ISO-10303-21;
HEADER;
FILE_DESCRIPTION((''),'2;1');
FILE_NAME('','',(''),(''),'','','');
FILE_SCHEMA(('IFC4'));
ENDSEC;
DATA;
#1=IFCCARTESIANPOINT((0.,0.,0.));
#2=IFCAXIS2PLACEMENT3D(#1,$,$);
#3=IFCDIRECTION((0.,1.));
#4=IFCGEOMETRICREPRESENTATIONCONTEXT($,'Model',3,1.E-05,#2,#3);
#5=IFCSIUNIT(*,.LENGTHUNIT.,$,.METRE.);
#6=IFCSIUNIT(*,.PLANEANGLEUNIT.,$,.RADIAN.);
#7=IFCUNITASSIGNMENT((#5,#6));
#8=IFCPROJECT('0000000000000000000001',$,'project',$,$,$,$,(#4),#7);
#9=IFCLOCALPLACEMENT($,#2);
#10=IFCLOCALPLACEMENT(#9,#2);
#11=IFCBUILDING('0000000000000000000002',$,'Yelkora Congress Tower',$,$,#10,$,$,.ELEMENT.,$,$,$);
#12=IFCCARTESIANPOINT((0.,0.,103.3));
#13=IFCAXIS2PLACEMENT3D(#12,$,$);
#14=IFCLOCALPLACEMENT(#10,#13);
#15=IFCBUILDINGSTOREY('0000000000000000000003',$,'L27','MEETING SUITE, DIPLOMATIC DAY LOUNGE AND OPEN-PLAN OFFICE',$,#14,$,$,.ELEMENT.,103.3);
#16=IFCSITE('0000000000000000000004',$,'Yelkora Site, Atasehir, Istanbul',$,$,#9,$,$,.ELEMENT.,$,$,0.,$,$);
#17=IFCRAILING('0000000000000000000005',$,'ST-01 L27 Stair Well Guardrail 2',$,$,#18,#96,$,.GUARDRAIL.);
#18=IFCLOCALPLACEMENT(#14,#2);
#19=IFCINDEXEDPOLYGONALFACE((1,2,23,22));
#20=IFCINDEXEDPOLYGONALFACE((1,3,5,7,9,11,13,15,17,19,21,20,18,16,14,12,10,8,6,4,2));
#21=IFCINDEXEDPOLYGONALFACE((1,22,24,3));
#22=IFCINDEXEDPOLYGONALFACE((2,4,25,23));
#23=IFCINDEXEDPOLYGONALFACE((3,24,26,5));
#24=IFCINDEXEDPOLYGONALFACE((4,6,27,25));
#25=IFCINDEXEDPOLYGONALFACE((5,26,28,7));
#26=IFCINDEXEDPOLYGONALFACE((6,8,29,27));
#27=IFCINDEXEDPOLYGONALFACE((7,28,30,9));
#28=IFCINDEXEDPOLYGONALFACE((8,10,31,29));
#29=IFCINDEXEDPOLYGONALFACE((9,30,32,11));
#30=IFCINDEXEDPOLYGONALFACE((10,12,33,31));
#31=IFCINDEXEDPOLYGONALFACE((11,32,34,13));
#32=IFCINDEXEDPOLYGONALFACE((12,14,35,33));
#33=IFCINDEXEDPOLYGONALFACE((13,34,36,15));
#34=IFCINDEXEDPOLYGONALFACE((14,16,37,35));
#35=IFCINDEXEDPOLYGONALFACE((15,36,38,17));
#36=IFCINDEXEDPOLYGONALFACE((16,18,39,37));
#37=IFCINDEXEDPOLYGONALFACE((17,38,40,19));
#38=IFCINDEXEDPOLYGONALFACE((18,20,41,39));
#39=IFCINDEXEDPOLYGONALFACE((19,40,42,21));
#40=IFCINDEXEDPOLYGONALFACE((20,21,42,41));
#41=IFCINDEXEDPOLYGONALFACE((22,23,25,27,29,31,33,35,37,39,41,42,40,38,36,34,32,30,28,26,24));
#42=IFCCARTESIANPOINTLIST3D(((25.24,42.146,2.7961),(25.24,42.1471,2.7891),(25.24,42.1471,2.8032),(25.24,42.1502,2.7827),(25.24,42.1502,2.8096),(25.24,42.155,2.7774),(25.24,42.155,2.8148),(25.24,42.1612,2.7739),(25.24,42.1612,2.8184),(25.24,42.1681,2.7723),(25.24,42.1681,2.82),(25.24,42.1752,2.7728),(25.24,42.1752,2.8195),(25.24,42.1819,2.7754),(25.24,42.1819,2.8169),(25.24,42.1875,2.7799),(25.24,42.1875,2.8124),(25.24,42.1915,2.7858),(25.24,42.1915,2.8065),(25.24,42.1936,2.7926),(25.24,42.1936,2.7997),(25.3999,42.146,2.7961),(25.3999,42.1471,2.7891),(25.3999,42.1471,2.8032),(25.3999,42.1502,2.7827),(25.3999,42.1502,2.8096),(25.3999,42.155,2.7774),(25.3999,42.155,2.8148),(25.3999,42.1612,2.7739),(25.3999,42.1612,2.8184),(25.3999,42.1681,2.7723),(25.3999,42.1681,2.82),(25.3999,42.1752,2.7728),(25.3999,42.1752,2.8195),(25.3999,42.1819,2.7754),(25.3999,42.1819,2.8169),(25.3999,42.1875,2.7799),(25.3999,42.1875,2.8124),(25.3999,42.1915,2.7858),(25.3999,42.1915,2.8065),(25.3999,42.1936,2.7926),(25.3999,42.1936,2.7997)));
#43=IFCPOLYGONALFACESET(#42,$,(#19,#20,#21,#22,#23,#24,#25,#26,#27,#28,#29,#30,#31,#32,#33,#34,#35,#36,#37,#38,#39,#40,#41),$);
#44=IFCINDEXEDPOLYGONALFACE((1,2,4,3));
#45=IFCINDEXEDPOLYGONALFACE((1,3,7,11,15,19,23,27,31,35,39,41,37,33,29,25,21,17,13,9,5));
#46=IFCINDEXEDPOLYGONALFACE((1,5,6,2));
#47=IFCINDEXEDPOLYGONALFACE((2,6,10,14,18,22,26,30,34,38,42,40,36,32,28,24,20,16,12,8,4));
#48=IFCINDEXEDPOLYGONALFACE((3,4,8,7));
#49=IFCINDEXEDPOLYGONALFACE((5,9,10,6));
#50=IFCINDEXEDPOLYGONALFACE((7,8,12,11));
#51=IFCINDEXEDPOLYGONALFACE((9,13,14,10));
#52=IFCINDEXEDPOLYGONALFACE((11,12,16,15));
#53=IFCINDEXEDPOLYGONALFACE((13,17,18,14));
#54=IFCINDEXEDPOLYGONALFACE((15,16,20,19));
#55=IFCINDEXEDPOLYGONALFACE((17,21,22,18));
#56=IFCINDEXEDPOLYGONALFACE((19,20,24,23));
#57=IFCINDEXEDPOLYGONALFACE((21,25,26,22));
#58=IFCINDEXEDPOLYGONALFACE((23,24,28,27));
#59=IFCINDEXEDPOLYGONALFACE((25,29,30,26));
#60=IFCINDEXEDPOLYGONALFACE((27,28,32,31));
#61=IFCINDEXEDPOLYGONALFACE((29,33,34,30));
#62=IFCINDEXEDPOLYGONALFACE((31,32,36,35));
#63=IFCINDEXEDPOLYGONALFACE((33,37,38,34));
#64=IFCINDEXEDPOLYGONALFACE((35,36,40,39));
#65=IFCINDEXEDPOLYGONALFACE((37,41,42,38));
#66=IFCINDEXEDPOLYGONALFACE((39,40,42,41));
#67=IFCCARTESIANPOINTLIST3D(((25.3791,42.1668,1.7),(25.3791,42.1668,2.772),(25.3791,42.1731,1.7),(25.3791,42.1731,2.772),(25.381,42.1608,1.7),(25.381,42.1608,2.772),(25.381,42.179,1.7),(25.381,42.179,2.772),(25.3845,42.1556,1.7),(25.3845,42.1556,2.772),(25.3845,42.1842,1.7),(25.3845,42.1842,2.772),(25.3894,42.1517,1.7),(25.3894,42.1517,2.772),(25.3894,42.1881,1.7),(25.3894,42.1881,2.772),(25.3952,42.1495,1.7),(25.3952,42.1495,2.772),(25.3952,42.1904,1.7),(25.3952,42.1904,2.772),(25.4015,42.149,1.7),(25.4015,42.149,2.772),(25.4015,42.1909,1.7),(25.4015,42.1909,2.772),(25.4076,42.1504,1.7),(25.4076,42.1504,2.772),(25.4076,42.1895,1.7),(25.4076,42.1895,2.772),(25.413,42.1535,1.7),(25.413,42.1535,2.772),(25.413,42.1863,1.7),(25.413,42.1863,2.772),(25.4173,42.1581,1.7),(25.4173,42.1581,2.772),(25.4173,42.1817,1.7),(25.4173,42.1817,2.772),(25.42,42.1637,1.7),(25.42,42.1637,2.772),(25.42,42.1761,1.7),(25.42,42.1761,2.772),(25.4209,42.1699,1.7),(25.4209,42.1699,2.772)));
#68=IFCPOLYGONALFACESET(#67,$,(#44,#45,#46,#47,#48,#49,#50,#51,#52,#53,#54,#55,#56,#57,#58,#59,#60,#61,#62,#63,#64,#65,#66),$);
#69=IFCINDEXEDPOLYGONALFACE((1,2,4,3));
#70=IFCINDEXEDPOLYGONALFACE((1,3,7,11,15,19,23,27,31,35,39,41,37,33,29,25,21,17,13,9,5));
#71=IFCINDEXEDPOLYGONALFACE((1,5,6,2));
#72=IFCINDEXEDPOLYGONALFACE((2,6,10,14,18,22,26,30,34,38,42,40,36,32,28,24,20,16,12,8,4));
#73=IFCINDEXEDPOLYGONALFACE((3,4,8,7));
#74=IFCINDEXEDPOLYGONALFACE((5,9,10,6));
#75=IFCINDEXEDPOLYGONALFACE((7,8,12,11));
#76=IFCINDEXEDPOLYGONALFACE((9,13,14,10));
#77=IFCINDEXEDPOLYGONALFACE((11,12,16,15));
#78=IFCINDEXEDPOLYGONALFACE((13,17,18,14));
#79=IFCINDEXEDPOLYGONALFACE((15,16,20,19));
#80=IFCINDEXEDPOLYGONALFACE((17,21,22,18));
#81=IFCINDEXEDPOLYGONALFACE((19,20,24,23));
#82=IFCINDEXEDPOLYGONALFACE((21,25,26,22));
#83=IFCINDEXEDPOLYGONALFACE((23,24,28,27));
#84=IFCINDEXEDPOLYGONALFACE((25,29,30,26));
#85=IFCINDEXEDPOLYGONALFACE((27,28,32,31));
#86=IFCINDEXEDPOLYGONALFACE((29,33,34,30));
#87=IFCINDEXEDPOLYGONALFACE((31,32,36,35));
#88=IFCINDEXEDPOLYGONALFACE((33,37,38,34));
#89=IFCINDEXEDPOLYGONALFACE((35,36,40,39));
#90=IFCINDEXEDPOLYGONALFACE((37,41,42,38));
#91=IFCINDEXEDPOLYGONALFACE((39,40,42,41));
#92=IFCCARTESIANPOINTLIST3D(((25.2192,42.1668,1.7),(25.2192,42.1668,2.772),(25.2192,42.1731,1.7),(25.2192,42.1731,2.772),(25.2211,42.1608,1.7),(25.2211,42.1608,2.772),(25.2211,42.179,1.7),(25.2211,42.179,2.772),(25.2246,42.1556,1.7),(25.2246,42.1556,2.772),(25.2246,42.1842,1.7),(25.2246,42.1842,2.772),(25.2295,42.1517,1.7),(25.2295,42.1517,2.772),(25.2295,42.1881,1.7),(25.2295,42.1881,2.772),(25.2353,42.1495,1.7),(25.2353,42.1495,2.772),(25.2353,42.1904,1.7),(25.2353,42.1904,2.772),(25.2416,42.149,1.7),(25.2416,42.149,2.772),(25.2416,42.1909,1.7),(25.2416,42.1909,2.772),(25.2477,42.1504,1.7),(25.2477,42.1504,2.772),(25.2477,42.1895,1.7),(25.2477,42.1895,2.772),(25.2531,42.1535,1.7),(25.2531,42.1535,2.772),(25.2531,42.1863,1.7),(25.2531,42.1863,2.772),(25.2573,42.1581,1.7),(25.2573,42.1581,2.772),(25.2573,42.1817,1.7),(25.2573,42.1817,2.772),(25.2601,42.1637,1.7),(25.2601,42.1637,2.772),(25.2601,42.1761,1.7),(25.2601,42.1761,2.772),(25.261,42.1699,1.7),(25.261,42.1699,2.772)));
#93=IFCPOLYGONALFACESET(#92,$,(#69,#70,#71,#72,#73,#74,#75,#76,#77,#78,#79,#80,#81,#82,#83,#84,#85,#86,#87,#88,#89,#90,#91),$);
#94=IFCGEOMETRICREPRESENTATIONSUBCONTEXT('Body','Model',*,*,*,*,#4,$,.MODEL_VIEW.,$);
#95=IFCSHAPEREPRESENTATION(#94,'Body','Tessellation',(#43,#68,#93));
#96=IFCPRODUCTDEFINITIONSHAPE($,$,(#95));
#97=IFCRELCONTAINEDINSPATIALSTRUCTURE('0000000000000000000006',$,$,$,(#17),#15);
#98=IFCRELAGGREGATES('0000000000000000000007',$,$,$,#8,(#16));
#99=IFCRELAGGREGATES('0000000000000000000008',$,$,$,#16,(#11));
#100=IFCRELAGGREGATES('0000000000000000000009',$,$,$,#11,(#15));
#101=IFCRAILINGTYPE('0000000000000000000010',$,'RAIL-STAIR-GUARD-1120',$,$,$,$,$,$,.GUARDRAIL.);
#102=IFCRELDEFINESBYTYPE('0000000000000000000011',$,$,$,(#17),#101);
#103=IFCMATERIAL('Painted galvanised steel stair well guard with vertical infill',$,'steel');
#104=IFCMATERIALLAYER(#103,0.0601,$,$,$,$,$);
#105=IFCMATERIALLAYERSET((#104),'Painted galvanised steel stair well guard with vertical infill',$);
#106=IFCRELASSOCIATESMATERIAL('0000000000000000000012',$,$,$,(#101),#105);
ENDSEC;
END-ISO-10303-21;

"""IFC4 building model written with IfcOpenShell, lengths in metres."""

from ifc_helpers import new_model, si_unit, direction, frame, origin, origin_2d, place, context, subcontext, project, spatial, circle, extrude, material, layer, layer_set, type_object, element, save


model = new_model("IFC4")

# Units and contexts
model_context = context("Model", 3, precision=1e-05, world=origin(), true_north=direction((0.0, 1.0)))
body_context = subcontext(model_context, "Body", "Model", "MODEL_VIEW")
ifc_project = project(units=[si_unit("LENGTHUNIT", "METRE"), si_unit("PLANEANGLEUNIT", "RADIAN")], contexts=[model_context])

# Site, building, storey
site_placement = place(None, origin())
site = spatial("IfcSite", under=ifc_project, at=site_placement, Name="Yelkora Site, Atasehir, Istanbul", CompositionType="ELEMENT", RefElevation=0.0)
building_placement = place(site_placement, origin())
building = spatial("IfcBuilding", under=site, at=building_placement, Name="Yelkora Congress Tower", CompositionType="ELEMENT")
storey_placement = place(building_placement, frame((0.0, 0.0, 103.3)))
storey = spatial("IfcBuildingStorey", under=building, at=storey_placement, Name="L27", Description="MEETING SUITE, DIPLOMATIC DAY LOUNGE AND OPEN-PLAN OFFICE", CompositionType="ELEMENT", Elevation=103.3)

# Railing
ifc_material_1 = material(Name="Painted galvanised steel stair well guard with vertical infill", Category="steel")
ifc_layer_1 = layer(ifc_material_1, 0.0601)
ifc_layer_set_1 = layer_set([ifc_layer_1], Name="Painted galvanised steel stair well guard with vertical infill")
railing_type_1 = type_object("IfcRailingType", Name="RAIL-STAIR-GUARD-1120", PredefinedType="GUARDRAIL", material=ifc_layer_set_1)
railing_1_placement = place(storey_placement, frame((25.3999, 42.1699, 1.7)))
element("IfcRailing", 1, at=railing_1_placement, inside=storey, type_object=railing_type_1, Name="ST-01 L27 Stair Well Guardrail 2", PredefinedType="GUARDRAIL", context=body_context, shape_type="SweptSolid", body=[
    extrude(circle(Radius=0.0239, at=origin_2d()), frame((0.0, 0.0, 1.0962), z_axis=(-1.0, 0.0, 0.0), x_axis=(0.0, -1.0, 0.0)), (0.0, 0.0, 1.0), 0.1599),
    extrude(circle(Radius=0.021, at=origin_2d()), origin(), (0.0, 0.0, 1.0), 1.072),
    extrude(circle(Radius=0.021, at=origin_2d()), frame((-0.1599, 0.0, 0.0)), (0.0, 0.0, 1.0), 1.072),
])

save(model, "model.ifc")
